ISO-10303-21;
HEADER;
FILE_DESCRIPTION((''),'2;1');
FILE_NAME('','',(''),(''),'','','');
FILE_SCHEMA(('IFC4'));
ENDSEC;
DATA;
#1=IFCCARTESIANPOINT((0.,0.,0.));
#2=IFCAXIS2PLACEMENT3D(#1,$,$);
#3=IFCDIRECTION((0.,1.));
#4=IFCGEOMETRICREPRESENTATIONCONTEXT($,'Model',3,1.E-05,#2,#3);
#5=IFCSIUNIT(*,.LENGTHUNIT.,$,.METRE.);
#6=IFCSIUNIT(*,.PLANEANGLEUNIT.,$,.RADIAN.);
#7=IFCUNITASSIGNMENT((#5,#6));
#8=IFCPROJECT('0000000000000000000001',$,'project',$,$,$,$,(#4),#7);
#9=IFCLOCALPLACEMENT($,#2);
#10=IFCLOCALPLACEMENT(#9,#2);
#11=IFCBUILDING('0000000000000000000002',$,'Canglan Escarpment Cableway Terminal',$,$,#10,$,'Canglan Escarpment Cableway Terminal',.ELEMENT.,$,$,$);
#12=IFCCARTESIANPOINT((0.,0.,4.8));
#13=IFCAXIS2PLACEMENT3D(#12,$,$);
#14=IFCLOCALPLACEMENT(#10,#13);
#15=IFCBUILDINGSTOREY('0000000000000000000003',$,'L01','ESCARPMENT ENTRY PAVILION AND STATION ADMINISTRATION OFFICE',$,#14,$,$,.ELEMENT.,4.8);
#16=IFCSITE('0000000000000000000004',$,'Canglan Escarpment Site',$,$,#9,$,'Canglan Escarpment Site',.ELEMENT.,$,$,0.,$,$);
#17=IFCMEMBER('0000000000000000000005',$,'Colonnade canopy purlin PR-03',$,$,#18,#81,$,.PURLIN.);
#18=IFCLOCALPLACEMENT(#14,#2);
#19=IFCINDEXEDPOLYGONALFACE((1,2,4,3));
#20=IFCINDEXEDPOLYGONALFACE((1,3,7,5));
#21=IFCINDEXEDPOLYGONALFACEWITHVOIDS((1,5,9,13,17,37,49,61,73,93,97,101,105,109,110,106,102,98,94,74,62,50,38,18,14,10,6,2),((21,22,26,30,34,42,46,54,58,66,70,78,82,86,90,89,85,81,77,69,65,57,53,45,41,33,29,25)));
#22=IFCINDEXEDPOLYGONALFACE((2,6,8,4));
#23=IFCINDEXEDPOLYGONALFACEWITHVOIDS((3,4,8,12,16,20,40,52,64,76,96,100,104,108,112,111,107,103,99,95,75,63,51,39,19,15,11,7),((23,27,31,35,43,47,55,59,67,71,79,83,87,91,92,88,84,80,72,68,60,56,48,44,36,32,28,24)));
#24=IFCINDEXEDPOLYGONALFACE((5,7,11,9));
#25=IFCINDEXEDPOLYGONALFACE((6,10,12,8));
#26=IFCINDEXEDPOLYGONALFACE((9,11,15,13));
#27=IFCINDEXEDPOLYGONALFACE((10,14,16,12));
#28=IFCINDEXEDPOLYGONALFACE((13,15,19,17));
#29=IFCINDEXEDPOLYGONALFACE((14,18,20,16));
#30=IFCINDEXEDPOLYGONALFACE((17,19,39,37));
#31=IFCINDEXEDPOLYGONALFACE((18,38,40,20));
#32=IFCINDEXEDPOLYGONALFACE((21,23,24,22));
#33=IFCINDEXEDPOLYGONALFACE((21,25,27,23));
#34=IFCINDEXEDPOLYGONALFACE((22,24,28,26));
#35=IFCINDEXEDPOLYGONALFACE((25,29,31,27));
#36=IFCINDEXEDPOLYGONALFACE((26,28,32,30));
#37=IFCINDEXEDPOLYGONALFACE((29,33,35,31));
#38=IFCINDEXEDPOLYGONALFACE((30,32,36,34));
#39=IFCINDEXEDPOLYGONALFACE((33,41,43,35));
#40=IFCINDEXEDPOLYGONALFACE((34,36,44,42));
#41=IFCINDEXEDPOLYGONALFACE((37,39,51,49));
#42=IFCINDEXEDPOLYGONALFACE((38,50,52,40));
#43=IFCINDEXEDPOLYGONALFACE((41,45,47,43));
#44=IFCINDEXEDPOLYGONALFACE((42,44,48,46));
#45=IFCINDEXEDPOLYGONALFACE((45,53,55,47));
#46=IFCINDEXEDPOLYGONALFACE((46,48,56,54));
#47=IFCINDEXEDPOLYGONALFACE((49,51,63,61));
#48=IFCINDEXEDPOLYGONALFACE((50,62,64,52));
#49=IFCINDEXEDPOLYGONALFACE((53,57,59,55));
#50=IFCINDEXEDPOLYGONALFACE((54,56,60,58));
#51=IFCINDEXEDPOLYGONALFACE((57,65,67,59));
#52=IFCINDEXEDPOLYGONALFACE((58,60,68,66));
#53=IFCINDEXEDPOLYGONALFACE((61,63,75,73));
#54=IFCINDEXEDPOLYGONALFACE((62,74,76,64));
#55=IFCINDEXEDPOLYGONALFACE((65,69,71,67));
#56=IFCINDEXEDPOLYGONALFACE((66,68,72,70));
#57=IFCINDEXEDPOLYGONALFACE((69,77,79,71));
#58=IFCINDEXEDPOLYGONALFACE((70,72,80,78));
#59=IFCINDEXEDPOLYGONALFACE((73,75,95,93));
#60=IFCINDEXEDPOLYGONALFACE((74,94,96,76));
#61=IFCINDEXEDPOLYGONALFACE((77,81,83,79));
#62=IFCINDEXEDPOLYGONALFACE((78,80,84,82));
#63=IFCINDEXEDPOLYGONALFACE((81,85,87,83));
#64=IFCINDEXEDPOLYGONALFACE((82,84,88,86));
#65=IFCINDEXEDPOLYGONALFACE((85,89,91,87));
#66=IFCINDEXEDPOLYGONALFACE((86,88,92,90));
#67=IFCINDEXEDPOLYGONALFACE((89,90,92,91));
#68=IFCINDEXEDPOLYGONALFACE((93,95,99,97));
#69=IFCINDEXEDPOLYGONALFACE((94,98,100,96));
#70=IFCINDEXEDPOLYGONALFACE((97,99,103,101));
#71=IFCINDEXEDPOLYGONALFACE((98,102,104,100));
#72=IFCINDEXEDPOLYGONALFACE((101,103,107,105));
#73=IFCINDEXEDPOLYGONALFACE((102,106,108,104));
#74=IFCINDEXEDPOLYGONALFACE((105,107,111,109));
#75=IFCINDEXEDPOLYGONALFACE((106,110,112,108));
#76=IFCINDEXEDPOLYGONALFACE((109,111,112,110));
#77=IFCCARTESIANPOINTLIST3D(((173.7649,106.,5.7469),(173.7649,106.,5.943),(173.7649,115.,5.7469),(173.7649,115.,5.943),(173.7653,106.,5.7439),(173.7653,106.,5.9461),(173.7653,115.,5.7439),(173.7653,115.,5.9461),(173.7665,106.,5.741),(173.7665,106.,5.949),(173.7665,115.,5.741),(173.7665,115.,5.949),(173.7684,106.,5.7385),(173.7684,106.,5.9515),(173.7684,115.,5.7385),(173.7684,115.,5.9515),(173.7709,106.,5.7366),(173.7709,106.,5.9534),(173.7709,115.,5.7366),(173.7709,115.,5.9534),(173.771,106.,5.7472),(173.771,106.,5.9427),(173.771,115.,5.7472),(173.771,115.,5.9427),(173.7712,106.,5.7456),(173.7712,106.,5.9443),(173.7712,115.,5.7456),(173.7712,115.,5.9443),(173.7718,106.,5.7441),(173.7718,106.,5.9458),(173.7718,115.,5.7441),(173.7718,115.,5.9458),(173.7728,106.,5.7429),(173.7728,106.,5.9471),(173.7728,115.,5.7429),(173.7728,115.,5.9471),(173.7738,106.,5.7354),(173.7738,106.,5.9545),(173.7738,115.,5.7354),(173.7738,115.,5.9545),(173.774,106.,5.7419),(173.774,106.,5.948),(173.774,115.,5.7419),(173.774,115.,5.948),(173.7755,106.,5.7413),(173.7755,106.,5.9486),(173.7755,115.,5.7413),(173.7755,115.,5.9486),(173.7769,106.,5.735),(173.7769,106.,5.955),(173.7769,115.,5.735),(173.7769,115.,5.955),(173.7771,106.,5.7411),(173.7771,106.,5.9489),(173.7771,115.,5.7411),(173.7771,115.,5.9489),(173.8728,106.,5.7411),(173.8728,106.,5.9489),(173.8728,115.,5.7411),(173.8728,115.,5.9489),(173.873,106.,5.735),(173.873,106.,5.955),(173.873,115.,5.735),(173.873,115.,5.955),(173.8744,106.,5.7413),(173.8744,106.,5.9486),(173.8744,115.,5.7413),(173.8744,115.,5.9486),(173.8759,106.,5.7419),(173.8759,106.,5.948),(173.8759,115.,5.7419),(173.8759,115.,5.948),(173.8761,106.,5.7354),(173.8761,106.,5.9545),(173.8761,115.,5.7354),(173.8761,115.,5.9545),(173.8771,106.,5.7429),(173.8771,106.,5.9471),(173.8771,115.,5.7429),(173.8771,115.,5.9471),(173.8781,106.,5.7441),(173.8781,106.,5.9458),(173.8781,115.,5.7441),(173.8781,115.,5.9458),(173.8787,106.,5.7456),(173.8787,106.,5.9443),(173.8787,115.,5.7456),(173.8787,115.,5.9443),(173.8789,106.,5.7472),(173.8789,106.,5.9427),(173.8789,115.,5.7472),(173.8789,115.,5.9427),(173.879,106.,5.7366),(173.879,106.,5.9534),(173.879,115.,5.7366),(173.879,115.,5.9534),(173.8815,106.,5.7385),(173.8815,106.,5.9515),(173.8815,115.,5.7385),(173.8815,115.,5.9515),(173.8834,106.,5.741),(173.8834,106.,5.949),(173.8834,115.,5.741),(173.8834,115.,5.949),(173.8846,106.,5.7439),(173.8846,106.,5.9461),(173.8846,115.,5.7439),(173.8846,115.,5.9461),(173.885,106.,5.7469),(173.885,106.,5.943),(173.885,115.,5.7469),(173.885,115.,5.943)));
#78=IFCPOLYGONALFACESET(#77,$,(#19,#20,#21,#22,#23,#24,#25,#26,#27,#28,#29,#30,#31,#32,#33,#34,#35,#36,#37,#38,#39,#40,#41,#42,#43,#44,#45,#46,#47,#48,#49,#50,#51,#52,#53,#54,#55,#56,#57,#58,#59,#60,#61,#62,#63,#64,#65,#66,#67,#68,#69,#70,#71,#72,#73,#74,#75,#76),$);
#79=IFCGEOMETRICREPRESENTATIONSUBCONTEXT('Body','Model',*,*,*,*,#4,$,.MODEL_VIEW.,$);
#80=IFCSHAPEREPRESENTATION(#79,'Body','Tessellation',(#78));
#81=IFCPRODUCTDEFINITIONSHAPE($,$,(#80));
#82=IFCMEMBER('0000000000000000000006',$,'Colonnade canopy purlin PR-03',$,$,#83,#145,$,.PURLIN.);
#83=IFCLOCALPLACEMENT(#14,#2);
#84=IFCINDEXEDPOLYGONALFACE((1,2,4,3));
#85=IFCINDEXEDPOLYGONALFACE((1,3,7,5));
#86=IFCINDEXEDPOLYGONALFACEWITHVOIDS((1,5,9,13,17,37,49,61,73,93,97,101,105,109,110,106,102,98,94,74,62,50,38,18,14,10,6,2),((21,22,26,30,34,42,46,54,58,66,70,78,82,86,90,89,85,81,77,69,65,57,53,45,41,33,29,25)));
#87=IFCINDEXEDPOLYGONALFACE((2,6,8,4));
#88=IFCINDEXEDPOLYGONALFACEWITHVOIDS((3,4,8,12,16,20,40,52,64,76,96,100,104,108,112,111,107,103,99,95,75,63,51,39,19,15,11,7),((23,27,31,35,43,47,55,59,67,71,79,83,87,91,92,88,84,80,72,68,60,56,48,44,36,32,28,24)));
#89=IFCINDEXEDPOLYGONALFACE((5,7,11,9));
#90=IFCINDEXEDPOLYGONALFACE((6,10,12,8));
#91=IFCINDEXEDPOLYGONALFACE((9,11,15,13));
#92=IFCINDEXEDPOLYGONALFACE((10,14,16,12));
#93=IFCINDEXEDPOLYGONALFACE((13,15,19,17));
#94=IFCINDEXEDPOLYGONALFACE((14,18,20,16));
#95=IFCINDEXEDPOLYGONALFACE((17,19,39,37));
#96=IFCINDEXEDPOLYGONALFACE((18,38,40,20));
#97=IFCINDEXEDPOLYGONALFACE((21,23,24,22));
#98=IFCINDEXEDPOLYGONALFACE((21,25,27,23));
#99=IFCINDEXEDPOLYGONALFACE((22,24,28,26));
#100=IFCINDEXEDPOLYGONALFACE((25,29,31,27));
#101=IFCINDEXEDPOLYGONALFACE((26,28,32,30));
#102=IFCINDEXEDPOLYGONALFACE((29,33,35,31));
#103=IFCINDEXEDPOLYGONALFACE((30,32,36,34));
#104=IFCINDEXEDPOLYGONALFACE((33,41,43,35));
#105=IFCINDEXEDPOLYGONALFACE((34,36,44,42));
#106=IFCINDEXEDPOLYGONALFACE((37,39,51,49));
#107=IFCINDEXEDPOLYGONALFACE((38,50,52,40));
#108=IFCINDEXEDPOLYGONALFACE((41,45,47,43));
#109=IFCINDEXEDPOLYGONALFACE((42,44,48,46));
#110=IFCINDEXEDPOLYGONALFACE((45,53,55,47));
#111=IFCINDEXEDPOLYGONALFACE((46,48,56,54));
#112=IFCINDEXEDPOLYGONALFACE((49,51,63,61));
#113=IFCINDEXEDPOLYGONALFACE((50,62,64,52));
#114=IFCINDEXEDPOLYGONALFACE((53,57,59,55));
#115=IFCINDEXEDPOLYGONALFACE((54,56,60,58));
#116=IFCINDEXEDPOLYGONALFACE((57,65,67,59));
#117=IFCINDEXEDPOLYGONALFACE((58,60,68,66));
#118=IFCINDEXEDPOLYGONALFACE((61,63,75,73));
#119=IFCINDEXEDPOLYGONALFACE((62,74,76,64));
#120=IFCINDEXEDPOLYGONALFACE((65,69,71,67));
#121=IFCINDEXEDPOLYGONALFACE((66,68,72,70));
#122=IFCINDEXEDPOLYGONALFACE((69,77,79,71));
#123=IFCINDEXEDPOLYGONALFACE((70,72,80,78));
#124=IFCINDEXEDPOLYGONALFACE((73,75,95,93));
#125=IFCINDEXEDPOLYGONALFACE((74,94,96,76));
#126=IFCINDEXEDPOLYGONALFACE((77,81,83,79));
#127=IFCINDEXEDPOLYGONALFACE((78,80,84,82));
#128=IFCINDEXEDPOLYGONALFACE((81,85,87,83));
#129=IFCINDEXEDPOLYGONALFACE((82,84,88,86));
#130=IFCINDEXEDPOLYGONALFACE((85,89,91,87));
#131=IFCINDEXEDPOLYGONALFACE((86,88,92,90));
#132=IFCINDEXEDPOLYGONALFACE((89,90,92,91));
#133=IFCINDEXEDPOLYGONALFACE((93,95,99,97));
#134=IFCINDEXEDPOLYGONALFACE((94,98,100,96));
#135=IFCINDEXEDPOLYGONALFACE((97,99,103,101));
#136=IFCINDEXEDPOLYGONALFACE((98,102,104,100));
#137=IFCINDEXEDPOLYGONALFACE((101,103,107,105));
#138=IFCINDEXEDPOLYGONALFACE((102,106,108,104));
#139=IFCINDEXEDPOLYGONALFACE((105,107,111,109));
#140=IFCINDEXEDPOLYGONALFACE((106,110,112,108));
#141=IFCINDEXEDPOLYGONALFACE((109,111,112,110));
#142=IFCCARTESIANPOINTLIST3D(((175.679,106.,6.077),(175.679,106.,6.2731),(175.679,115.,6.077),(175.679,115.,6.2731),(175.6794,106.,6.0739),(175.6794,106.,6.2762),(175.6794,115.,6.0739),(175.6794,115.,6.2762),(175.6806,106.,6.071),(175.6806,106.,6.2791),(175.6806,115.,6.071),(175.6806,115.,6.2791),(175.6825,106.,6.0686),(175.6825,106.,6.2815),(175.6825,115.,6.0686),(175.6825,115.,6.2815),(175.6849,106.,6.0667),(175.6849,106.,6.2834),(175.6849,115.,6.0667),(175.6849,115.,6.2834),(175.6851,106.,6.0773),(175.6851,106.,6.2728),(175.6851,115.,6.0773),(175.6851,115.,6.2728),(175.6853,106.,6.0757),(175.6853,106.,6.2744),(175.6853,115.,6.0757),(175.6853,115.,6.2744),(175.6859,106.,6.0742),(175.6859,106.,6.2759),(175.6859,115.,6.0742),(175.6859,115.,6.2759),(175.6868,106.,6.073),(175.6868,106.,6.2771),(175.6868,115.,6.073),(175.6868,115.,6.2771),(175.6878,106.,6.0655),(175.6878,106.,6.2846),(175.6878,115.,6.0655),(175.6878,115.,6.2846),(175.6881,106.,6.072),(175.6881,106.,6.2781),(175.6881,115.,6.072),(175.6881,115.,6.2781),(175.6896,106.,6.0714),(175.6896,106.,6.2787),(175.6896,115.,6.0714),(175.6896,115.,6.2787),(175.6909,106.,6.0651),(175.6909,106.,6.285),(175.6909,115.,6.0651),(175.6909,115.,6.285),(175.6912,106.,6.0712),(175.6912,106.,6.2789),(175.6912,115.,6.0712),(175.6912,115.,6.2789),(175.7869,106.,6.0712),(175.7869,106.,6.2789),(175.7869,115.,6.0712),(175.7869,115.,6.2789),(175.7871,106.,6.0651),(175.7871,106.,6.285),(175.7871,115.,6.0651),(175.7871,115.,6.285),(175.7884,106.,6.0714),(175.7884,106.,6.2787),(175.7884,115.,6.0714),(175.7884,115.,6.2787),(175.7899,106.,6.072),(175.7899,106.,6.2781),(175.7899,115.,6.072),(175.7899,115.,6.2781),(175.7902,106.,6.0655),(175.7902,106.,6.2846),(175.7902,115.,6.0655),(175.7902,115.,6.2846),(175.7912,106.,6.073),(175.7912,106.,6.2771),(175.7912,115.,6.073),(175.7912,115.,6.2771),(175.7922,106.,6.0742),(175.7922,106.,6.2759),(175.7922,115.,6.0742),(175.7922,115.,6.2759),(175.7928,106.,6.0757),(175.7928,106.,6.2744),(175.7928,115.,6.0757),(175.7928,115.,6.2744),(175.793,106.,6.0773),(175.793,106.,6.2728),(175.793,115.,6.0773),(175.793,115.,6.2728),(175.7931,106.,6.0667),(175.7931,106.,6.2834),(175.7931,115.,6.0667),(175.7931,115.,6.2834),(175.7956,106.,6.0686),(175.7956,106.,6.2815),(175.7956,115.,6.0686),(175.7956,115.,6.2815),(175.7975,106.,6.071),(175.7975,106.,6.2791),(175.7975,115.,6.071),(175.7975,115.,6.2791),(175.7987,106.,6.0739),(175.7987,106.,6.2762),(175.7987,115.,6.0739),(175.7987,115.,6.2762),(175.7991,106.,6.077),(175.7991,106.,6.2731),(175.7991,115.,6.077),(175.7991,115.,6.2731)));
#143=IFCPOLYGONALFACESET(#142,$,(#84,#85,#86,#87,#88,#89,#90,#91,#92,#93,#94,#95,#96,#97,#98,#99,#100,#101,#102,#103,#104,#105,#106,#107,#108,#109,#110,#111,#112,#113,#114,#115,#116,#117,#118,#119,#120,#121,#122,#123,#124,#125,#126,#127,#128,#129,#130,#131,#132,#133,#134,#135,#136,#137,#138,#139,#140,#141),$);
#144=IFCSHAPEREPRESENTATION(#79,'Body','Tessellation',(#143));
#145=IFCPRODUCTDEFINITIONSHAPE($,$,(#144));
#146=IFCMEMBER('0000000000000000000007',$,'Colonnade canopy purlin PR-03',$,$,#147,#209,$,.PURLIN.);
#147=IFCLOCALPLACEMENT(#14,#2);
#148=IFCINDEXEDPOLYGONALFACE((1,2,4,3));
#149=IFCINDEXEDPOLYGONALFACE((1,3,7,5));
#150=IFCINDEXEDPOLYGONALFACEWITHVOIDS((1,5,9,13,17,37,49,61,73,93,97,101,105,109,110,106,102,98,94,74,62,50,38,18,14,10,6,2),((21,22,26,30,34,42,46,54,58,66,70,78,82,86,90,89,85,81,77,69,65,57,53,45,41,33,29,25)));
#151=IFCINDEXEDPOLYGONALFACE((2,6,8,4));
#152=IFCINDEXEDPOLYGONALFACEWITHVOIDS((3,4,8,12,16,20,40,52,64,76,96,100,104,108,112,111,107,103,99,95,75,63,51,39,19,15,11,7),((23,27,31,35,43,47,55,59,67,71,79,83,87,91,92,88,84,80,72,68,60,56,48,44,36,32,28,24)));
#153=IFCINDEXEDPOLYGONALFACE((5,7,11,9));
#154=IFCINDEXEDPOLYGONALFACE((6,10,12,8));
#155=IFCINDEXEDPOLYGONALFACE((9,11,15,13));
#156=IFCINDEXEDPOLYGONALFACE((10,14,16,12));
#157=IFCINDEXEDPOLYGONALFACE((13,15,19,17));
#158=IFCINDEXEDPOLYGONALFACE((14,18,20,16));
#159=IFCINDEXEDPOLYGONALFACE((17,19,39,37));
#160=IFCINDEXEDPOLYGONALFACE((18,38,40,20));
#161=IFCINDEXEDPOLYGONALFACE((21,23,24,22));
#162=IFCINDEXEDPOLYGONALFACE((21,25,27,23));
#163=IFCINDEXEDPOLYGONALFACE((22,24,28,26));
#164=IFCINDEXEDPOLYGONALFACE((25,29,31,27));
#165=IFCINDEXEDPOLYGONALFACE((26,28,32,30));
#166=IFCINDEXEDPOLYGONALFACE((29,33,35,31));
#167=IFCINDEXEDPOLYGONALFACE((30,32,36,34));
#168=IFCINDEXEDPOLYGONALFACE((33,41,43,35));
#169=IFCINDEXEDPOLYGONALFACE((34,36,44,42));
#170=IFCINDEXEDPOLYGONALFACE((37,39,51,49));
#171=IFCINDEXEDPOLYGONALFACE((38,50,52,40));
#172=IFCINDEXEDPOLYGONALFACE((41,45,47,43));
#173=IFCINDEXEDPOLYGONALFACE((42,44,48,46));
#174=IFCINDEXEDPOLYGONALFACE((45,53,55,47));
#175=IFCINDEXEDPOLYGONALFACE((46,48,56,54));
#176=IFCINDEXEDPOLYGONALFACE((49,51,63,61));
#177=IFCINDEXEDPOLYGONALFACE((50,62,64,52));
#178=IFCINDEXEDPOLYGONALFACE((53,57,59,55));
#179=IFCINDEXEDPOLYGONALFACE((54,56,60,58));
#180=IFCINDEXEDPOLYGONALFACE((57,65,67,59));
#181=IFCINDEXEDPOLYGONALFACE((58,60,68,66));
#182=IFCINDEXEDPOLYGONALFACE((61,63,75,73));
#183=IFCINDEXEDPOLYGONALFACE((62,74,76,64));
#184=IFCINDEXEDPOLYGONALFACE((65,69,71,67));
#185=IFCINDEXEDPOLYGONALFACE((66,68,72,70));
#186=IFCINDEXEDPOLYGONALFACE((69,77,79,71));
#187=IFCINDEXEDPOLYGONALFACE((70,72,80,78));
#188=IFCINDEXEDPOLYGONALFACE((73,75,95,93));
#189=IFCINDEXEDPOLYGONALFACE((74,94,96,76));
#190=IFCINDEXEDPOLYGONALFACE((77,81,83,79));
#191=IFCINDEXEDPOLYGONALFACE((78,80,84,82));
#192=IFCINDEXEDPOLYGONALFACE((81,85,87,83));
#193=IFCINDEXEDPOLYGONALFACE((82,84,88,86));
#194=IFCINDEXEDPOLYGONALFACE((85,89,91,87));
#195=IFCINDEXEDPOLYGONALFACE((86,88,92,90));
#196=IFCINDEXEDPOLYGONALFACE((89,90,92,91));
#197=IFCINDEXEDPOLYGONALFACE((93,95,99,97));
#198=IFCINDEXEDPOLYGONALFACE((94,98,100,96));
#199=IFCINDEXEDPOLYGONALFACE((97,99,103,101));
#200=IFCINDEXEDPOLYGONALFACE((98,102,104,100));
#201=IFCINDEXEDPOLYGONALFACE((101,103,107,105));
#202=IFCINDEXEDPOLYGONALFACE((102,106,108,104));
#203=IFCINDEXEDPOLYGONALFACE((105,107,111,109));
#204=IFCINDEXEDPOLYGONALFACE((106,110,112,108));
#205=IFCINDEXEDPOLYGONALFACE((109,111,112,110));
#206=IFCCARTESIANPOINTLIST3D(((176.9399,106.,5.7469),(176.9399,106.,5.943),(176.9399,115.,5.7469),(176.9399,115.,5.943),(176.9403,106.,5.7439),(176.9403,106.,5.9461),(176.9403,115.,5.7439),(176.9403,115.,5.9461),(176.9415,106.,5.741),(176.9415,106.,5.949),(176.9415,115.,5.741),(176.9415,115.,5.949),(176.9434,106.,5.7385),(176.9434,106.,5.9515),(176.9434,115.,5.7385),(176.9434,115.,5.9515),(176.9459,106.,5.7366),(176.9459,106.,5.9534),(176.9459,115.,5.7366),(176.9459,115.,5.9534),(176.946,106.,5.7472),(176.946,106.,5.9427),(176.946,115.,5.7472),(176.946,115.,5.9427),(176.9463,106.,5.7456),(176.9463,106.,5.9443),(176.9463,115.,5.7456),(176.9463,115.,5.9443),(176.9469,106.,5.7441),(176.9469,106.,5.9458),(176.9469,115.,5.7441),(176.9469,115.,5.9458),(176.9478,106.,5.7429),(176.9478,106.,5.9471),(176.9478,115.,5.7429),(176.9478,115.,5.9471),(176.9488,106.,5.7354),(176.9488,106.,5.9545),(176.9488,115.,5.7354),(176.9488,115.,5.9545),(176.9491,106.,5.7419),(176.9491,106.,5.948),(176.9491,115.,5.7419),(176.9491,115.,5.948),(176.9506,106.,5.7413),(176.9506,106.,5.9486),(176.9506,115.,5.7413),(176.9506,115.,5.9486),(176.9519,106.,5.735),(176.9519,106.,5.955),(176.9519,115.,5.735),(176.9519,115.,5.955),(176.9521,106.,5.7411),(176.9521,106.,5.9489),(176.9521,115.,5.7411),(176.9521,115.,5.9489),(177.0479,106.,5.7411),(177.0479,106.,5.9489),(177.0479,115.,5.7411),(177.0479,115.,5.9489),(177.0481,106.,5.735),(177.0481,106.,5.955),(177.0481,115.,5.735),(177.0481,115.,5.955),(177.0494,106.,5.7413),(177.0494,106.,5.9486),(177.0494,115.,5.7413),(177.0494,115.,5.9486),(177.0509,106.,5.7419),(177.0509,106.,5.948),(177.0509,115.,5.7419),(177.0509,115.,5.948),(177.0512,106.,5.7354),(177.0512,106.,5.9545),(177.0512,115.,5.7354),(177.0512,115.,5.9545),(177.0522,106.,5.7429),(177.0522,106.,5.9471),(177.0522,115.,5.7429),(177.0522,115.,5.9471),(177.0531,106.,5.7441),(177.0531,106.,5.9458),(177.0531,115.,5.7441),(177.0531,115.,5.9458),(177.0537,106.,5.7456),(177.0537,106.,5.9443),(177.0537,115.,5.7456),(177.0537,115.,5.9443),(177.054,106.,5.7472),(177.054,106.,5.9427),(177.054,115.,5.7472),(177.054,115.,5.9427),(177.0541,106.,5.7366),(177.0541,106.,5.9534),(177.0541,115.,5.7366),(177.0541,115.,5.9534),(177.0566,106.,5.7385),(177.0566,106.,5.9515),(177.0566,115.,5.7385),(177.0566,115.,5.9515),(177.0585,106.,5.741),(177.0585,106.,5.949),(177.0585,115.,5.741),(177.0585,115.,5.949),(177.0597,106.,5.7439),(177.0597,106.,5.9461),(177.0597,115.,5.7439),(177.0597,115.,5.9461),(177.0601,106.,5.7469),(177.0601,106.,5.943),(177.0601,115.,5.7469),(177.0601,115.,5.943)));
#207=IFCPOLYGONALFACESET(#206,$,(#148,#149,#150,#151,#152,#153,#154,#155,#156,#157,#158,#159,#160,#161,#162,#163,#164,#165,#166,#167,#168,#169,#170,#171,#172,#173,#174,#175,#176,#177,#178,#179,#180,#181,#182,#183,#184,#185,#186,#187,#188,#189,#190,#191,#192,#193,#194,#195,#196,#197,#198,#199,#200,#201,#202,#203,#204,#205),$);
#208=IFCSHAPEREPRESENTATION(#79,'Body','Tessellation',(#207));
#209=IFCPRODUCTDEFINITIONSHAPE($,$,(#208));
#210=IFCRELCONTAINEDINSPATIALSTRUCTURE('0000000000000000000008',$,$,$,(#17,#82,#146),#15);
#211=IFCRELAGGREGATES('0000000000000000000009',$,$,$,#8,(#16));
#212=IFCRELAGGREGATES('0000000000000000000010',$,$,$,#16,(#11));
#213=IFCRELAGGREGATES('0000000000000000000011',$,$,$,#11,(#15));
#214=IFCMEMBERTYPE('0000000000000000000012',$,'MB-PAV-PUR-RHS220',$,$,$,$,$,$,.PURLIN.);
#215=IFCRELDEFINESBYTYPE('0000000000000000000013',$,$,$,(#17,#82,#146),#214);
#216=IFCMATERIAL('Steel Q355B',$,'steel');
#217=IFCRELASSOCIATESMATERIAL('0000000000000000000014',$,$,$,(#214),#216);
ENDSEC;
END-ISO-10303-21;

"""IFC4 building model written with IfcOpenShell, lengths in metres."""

from ifc_helpers import new_model, si_unit, direction, frame, origin, origin_2d, place, context, subcontext, project, spatial, hollow_rectangle, extrude, material, material_profile, profile_set, type_object, element, save


model = new_model("IFC4")

# Units and contexts
model_context = context("Model", 3, precision=1e-05, world=origin(), true_north=direction((0.0, 1.0)))
body_context = subcontext(model_context, "Body", "Model", "MODEL_VIEW")
ifc_project = project(units=[si_unit("LENGTHUNIT", "METRE"), si_unit("PLANEANGLEUNIT", "RADIAN")], contexts=[model_context])

# Site, building, storey
site_placement = place(None, origin())
site = spatial("IfcSite", under=ifc_project, at=site_placement, Name="Canglan Escarpment Site", LongName="Canglan Escarpment Site", CompositionType="ELEMENT", RefElevation=0.0)
building_placement = place(site_placement, origin())
building = spatial("IfcBuilding", under=site, at=building_placement, Name="Canglan Escarpment Cableway Terminal", LongName="Canglan Escarpment Cableway Terminal", CompositionType="ELEMENT")
storey_placement = place(building_placement, frame((0.0, 0.0, 4.8)))
storey = spatial("IfcBuildingStorey", under=building, at=storey_placement, Name="L01", Description="ESCARPMENT ENTRY PAVILION AND STATION ADMINISTRATION OFFICE", CompositionType="ELEMENT", Elevation=4.8)

# Members
ifc_material_1 = material(Name="Steel Q355B", Category="steel")
ifc_material_profile_1 = material_profile(ifc_material_1, hollow_rectangle(XDim=0.1201, YDim=0.22, WallThickness=0.0061, InnerFilletRadius=0.0061, OuterFilletRadius=0.012, at=origin_2d()), Name="RHS 220x120x6")
ifc_profile_set_1 = profile_set([ifc_material_profile_1], Name="Steel Q355B")
member_type_1 = type_object("IfcMemberType", Name="MB-PAV-PUR-RHS220", PredefinedType="PURLIN", material=ifc_profile_set_1)
for number, where, z_axis, x_axis, name in (
    (1, (173.825, 106.0, 5.845), (0.0, 1.0, 0.0), (-1.0, 0.0, 0.0), "Colonnade canopy purlin PR-03"),
    (2, (175.739, 106.0, 6.175), (0.0, 1.0, 0.0), (-1.0, 0.0, 0.0), "Colonnade canopy purlin PR-03"),
    (3, (177.0, 106.0, 5.845), (0.0, 1.0, 0.0), (-1.0, 0.0, 0.0), "Colonnade canopy purlin PR-03"),
):
    element("IfcMember", number, at=place(storey_placement, frame(where, z_axis=z_axis, x_axis=x_axis)), inside=storey, type_object=member_type_1, Name=name, PredefinedType="PURLIN", context=body_context, shape_type="SweptSolid", body=[
        extrude(hollow_rectangle(XDim=0.1201, YDim=0.22, WallThickness=0.0061, InnerFilletRadius=0.0061, OuterFilletRadius=0.012, at=origin_2d()), origin(), (0.0, 0.0, 1.0), 9.0),
    ])

save(model, "model.ifc")
